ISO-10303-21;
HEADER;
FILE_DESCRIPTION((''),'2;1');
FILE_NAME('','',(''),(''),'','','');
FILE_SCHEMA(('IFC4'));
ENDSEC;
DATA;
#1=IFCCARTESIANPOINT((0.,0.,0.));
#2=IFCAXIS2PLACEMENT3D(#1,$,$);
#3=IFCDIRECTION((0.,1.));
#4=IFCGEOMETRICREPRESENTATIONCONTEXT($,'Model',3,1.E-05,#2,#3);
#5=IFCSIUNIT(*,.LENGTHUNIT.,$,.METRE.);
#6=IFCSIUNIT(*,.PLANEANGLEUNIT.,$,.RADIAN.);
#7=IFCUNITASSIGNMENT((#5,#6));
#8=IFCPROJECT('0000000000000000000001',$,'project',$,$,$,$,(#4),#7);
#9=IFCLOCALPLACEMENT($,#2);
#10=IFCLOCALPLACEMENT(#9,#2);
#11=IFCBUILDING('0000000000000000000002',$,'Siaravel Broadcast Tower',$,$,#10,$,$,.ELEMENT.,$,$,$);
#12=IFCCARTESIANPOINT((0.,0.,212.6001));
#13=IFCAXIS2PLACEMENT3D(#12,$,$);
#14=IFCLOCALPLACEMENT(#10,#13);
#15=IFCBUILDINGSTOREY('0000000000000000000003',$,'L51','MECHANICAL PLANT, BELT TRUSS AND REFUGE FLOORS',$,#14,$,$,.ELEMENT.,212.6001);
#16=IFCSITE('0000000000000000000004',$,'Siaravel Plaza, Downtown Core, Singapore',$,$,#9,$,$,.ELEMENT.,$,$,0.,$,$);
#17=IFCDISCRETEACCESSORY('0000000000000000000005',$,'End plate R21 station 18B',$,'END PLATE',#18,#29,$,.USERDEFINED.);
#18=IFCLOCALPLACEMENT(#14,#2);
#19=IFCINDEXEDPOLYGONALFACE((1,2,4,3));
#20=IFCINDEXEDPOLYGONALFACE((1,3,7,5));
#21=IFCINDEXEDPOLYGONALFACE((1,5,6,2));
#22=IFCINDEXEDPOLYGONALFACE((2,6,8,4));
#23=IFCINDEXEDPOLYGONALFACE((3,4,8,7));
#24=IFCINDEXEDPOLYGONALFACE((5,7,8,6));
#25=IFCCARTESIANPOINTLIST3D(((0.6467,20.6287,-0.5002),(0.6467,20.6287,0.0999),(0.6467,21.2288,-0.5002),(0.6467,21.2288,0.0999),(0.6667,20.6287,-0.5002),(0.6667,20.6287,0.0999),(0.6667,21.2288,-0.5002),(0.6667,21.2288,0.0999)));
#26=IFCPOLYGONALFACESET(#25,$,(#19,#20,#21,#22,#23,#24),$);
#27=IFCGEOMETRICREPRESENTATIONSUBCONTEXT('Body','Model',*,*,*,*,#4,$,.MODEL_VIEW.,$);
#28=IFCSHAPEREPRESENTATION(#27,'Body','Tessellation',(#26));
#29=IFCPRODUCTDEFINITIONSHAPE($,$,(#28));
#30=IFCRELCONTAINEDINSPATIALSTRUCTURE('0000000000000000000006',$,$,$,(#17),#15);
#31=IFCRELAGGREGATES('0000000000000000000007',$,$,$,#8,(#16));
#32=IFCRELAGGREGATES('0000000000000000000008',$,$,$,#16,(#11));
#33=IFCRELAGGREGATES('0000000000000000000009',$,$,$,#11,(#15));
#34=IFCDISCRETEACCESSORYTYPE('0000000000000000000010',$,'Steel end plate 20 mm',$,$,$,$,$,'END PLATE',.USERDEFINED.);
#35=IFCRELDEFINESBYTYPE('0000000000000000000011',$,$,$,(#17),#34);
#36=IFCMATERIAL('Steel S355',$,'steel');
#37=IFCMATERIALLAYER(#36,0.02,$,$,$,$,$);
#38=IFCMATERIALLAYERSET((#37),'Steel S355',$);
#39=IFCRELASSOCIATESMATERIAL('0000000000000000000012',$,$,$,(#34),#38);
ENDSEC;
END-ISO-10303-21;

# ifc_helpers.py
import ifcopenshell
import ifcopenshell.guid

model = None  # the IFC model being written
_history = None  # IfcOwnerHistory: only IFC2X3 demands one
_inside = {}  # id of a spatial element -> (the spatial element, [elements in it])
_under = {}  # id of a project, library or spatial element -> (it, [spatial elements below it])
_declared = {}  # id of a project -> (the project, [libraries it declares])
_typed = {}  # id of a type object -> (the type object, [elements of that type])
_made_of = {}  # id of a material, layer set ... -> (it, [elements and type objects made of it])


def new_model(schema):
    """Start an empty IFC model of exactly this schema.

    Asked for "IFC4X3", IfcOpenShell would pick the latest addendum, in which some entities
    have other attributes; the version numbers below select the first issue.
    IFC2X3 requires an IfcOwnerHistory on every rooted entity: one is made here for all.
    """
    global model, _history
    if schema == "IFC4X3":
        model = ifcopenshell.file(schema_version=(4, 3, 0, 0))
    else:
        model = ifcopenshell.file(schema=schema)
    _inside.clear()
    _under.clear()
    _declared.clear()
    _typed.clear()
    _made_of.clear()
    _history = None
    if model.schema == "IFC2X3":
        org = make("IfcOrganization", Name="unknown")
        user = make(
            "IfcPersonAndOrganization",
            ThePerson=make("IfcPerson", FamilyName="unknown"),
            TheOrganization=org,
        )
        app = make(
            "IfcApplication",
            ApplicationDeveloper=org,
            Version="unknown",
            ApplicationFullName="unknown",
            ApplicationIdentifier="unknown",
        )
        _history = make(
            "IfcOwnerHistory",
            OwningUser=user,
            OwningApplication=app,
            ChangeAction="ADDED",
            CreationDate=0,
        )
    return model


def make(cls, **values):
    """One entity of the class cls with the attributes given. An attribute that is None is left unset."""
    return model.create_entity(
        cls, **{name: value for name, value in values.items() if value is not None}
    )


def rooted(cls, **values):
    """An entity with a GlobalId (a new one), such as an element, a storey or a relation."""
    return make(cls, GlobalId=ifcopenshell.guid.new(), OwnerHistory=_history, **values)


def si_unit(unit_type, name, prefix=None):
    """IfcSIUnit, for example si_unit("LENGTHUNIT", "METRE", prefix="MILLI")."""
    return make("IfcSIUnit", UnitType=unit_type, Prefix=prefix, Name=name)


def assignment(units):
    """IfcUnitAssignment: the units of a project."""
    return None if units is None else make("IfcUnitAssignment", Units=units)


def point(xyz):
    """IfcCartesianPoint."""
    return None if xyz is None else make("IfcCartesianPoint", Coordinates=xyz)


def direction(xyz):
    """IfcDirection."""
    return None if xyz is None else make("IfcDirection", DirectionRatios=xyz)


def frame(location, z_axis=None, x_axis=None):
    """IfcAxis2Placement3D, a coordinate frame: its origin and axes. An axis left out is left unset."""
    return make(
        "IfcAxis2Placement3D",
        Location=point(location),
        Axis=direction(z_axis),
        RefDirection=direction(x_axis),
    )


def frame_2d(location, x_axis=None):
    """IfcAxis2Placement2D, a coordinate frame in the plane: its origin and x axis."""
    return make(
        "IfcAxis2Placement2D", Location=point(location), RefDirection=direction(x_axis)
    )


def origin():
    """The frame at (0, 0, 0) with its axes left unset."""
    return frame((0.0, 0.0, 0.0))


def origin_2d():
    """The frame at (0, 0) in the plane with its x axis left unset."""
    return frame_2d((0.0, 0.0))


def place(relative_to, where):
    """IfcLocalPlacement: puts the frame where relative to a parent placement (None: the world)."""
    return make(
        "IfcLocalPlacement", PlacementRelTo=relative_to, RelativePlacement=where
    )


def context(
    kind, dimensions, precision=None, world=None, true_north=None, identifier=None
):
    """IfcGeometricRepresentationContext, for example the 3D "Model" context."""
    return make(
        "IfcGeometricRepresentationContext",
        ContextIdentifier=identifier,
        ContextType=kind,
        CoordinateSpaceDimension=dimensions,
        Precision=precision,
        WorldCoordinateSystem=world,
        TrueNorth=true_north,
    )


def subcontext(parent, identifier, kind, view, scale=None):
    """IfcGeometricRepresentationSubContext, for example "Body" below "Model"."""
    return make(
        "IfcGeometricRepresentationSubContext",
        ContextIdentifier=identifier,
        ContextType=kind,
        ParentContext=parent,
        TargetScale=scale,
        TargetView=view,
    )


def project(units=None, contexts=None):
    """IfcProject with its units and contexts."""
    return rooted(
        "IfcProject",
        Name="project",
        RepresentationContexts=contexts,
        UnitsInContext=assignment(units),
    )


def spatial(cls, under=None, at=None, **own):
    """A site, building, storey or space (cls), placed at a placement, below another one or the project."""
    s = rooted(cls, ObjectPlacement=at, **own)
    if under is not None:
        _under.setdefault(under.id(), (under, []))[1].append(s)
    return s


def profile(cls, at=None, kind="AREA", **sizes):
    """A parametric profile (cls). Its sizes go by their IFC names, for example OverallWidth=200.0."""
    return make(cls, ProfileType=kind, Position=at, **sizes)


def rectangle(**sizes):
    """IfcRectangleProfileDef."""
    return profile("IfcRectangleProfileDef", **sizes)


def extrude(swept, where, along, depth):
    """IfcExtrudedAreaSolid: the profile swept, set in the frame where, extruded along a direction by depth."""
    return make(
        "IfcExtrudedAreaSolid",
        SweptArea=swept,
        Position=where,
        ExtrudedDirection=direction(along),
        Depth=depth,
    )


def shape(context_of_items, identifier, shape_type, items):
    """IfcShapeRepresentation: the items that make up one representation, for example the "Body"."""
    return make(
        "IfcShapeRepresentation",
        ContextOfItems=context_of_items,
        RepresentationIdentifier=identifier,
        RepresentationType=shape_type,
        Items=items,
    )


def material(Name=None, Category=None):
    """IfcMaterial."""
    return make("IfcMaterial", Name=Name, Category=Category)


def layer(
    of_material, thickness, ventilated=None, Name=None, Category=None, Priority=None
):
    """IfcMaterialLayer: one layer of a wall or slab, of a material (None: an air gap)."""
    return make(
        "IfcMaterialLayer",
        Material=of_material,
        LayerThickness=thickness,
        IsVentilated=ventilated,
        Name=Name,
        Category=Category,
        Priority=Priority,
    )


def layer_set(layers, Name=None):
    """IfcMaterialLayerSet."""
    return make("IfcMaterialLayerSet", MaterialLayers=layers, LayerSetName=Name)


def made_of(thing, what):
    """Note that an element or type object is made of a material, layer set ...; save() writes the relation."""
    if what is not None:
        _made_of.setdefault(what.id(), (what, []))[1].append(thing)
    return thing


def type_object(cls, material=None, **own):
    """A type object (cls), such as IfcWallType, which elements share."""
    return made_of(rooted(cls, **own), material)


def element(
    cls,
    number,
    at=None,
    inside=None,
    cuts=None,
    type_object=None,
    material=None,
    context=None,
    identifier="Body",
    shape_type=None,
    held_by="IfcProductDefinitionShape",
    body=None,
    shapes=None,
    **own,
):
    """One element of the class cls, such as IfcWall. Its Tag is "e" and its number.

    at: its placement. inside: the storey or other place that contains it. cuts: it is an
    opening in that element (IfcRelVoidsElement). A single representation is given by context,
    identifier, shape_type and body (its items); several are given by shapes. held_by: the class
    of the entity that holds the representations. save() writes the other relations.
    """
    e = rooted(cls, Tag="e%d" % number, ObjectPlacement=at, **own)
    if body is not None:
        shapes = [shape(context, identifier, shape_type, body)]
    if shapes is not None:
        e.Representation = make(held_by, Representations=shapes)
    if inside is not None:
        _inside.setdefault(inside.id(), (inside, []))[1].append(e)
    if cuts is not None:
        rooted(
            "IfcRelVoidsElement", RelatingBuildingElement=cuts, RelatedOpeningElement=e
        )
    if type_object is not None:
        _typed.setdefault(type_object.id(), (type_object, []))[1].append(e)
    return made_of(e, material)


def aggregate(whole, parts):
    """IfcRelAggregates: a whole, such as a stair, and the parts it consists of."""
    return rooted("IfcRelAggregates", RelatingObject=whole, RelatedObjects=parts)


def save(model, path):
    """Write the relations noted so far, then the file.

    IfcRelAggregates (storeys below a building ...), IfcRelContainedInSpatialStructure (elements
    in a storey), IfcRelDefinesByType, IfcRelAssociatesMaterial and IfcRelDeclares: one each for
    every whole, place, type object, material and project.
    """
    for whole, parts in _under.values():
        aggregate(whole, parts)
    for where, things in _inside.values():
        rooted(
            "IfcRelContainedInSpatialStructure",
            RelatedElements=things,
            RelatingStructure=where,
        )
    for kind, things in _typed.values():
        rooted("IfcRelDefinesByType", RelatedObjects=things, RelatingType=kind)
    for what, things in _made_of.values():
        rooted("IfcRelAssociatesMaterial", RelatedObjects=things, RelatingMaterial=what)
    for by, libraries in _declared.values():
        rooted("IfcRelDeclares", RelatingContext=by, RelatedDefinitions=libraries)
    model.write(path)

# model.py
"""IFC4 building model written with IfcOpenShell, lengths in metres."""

from ifc_helpers import new_model, si_unit, direction, frame, origin, origin_2d, place, context, subcontext, project, spatial, rectangle, extrude, material, layer, layer_set, type_object, element, save


model = new_model("IFC4")

# Units and contexts
model_context = context("Model", 3, precision=1e-05, world=origin(), true_north=direction((0.0, 1.0)))
body_context = subcontext(model_context, "Body", "Model", "MODEL_VIEW")
ifc_project = project(units=[si_unit("LENGTHUNIT", "METRE"), si_unit("PLANEANGLEUNIT", "RADIAN")], contexts=[model_context])

# Site, building, storey
site_placement = place(None, origin())
site = spatial("IfcSite", under=ifc_project, at=site_placement, Name="Siaravel Plaza, Downtown Core, Singapore", CompositionType="ELEMENT", RefElevation=0.0)
building_placement = place(site_placement, origin())
building = spatial("IfcBuilding", under=site, at=building_placement, Name="Siaravel Broadcast Tower", CompositionType="ELEMENT")
storey_placement = place(building_placement, frame((0.0, 0.0, 212.6001)))
storey = spatial("IfcBuildingStorey", under=building, at=storey_placement, Name="L51", Description="MECHANICAL PLANT, BELT TRUSS AND REFUGE FLOORS", CompositionType="ELEMENT", Elevation=212.6001)

# Shared definitions
ifc_material_1 = material(Name="Steel S355", Category="steel")

# Discrete accessory
ifc_layer_1 = layer(ifc_material_1, 0.02)
ifc_layer_set_1 = layer_set([ifc_layer_1], Name="Steel S355")
discrete_accessory_type = type_object("IfcDiscreteAccessoryType", Name="Steel end plate 20 mm", ElementType="END PLATE", PredefinedType="USERDEFINED", material=ifc_layer_set_1)
discrete_accessory_placement = place(storey_placement, frame((0.6567, 20.9287, -0.5002), z_axis=(0.0, 0.0, 1.0), x_axis=(-1.0, 0.0, 0.0)))
element("IfcDiscreteAccessory", 1, at=discrete_accessory_placement, inside=storey, type_object=discrete_accessory_type, Name="End plate R21 station 18B", ObjectType="END PLATE", PredefinedType="USERDEFINED", context=body_context, shape_type="SweptSolid", body=[
    extrude(rectangle(XDim=0.02, YDim=0.6001, at=origin_2d()), origin(), (0.0, 0.0, 1.0), 0.6001),
])

save(model, "model.ifc")
